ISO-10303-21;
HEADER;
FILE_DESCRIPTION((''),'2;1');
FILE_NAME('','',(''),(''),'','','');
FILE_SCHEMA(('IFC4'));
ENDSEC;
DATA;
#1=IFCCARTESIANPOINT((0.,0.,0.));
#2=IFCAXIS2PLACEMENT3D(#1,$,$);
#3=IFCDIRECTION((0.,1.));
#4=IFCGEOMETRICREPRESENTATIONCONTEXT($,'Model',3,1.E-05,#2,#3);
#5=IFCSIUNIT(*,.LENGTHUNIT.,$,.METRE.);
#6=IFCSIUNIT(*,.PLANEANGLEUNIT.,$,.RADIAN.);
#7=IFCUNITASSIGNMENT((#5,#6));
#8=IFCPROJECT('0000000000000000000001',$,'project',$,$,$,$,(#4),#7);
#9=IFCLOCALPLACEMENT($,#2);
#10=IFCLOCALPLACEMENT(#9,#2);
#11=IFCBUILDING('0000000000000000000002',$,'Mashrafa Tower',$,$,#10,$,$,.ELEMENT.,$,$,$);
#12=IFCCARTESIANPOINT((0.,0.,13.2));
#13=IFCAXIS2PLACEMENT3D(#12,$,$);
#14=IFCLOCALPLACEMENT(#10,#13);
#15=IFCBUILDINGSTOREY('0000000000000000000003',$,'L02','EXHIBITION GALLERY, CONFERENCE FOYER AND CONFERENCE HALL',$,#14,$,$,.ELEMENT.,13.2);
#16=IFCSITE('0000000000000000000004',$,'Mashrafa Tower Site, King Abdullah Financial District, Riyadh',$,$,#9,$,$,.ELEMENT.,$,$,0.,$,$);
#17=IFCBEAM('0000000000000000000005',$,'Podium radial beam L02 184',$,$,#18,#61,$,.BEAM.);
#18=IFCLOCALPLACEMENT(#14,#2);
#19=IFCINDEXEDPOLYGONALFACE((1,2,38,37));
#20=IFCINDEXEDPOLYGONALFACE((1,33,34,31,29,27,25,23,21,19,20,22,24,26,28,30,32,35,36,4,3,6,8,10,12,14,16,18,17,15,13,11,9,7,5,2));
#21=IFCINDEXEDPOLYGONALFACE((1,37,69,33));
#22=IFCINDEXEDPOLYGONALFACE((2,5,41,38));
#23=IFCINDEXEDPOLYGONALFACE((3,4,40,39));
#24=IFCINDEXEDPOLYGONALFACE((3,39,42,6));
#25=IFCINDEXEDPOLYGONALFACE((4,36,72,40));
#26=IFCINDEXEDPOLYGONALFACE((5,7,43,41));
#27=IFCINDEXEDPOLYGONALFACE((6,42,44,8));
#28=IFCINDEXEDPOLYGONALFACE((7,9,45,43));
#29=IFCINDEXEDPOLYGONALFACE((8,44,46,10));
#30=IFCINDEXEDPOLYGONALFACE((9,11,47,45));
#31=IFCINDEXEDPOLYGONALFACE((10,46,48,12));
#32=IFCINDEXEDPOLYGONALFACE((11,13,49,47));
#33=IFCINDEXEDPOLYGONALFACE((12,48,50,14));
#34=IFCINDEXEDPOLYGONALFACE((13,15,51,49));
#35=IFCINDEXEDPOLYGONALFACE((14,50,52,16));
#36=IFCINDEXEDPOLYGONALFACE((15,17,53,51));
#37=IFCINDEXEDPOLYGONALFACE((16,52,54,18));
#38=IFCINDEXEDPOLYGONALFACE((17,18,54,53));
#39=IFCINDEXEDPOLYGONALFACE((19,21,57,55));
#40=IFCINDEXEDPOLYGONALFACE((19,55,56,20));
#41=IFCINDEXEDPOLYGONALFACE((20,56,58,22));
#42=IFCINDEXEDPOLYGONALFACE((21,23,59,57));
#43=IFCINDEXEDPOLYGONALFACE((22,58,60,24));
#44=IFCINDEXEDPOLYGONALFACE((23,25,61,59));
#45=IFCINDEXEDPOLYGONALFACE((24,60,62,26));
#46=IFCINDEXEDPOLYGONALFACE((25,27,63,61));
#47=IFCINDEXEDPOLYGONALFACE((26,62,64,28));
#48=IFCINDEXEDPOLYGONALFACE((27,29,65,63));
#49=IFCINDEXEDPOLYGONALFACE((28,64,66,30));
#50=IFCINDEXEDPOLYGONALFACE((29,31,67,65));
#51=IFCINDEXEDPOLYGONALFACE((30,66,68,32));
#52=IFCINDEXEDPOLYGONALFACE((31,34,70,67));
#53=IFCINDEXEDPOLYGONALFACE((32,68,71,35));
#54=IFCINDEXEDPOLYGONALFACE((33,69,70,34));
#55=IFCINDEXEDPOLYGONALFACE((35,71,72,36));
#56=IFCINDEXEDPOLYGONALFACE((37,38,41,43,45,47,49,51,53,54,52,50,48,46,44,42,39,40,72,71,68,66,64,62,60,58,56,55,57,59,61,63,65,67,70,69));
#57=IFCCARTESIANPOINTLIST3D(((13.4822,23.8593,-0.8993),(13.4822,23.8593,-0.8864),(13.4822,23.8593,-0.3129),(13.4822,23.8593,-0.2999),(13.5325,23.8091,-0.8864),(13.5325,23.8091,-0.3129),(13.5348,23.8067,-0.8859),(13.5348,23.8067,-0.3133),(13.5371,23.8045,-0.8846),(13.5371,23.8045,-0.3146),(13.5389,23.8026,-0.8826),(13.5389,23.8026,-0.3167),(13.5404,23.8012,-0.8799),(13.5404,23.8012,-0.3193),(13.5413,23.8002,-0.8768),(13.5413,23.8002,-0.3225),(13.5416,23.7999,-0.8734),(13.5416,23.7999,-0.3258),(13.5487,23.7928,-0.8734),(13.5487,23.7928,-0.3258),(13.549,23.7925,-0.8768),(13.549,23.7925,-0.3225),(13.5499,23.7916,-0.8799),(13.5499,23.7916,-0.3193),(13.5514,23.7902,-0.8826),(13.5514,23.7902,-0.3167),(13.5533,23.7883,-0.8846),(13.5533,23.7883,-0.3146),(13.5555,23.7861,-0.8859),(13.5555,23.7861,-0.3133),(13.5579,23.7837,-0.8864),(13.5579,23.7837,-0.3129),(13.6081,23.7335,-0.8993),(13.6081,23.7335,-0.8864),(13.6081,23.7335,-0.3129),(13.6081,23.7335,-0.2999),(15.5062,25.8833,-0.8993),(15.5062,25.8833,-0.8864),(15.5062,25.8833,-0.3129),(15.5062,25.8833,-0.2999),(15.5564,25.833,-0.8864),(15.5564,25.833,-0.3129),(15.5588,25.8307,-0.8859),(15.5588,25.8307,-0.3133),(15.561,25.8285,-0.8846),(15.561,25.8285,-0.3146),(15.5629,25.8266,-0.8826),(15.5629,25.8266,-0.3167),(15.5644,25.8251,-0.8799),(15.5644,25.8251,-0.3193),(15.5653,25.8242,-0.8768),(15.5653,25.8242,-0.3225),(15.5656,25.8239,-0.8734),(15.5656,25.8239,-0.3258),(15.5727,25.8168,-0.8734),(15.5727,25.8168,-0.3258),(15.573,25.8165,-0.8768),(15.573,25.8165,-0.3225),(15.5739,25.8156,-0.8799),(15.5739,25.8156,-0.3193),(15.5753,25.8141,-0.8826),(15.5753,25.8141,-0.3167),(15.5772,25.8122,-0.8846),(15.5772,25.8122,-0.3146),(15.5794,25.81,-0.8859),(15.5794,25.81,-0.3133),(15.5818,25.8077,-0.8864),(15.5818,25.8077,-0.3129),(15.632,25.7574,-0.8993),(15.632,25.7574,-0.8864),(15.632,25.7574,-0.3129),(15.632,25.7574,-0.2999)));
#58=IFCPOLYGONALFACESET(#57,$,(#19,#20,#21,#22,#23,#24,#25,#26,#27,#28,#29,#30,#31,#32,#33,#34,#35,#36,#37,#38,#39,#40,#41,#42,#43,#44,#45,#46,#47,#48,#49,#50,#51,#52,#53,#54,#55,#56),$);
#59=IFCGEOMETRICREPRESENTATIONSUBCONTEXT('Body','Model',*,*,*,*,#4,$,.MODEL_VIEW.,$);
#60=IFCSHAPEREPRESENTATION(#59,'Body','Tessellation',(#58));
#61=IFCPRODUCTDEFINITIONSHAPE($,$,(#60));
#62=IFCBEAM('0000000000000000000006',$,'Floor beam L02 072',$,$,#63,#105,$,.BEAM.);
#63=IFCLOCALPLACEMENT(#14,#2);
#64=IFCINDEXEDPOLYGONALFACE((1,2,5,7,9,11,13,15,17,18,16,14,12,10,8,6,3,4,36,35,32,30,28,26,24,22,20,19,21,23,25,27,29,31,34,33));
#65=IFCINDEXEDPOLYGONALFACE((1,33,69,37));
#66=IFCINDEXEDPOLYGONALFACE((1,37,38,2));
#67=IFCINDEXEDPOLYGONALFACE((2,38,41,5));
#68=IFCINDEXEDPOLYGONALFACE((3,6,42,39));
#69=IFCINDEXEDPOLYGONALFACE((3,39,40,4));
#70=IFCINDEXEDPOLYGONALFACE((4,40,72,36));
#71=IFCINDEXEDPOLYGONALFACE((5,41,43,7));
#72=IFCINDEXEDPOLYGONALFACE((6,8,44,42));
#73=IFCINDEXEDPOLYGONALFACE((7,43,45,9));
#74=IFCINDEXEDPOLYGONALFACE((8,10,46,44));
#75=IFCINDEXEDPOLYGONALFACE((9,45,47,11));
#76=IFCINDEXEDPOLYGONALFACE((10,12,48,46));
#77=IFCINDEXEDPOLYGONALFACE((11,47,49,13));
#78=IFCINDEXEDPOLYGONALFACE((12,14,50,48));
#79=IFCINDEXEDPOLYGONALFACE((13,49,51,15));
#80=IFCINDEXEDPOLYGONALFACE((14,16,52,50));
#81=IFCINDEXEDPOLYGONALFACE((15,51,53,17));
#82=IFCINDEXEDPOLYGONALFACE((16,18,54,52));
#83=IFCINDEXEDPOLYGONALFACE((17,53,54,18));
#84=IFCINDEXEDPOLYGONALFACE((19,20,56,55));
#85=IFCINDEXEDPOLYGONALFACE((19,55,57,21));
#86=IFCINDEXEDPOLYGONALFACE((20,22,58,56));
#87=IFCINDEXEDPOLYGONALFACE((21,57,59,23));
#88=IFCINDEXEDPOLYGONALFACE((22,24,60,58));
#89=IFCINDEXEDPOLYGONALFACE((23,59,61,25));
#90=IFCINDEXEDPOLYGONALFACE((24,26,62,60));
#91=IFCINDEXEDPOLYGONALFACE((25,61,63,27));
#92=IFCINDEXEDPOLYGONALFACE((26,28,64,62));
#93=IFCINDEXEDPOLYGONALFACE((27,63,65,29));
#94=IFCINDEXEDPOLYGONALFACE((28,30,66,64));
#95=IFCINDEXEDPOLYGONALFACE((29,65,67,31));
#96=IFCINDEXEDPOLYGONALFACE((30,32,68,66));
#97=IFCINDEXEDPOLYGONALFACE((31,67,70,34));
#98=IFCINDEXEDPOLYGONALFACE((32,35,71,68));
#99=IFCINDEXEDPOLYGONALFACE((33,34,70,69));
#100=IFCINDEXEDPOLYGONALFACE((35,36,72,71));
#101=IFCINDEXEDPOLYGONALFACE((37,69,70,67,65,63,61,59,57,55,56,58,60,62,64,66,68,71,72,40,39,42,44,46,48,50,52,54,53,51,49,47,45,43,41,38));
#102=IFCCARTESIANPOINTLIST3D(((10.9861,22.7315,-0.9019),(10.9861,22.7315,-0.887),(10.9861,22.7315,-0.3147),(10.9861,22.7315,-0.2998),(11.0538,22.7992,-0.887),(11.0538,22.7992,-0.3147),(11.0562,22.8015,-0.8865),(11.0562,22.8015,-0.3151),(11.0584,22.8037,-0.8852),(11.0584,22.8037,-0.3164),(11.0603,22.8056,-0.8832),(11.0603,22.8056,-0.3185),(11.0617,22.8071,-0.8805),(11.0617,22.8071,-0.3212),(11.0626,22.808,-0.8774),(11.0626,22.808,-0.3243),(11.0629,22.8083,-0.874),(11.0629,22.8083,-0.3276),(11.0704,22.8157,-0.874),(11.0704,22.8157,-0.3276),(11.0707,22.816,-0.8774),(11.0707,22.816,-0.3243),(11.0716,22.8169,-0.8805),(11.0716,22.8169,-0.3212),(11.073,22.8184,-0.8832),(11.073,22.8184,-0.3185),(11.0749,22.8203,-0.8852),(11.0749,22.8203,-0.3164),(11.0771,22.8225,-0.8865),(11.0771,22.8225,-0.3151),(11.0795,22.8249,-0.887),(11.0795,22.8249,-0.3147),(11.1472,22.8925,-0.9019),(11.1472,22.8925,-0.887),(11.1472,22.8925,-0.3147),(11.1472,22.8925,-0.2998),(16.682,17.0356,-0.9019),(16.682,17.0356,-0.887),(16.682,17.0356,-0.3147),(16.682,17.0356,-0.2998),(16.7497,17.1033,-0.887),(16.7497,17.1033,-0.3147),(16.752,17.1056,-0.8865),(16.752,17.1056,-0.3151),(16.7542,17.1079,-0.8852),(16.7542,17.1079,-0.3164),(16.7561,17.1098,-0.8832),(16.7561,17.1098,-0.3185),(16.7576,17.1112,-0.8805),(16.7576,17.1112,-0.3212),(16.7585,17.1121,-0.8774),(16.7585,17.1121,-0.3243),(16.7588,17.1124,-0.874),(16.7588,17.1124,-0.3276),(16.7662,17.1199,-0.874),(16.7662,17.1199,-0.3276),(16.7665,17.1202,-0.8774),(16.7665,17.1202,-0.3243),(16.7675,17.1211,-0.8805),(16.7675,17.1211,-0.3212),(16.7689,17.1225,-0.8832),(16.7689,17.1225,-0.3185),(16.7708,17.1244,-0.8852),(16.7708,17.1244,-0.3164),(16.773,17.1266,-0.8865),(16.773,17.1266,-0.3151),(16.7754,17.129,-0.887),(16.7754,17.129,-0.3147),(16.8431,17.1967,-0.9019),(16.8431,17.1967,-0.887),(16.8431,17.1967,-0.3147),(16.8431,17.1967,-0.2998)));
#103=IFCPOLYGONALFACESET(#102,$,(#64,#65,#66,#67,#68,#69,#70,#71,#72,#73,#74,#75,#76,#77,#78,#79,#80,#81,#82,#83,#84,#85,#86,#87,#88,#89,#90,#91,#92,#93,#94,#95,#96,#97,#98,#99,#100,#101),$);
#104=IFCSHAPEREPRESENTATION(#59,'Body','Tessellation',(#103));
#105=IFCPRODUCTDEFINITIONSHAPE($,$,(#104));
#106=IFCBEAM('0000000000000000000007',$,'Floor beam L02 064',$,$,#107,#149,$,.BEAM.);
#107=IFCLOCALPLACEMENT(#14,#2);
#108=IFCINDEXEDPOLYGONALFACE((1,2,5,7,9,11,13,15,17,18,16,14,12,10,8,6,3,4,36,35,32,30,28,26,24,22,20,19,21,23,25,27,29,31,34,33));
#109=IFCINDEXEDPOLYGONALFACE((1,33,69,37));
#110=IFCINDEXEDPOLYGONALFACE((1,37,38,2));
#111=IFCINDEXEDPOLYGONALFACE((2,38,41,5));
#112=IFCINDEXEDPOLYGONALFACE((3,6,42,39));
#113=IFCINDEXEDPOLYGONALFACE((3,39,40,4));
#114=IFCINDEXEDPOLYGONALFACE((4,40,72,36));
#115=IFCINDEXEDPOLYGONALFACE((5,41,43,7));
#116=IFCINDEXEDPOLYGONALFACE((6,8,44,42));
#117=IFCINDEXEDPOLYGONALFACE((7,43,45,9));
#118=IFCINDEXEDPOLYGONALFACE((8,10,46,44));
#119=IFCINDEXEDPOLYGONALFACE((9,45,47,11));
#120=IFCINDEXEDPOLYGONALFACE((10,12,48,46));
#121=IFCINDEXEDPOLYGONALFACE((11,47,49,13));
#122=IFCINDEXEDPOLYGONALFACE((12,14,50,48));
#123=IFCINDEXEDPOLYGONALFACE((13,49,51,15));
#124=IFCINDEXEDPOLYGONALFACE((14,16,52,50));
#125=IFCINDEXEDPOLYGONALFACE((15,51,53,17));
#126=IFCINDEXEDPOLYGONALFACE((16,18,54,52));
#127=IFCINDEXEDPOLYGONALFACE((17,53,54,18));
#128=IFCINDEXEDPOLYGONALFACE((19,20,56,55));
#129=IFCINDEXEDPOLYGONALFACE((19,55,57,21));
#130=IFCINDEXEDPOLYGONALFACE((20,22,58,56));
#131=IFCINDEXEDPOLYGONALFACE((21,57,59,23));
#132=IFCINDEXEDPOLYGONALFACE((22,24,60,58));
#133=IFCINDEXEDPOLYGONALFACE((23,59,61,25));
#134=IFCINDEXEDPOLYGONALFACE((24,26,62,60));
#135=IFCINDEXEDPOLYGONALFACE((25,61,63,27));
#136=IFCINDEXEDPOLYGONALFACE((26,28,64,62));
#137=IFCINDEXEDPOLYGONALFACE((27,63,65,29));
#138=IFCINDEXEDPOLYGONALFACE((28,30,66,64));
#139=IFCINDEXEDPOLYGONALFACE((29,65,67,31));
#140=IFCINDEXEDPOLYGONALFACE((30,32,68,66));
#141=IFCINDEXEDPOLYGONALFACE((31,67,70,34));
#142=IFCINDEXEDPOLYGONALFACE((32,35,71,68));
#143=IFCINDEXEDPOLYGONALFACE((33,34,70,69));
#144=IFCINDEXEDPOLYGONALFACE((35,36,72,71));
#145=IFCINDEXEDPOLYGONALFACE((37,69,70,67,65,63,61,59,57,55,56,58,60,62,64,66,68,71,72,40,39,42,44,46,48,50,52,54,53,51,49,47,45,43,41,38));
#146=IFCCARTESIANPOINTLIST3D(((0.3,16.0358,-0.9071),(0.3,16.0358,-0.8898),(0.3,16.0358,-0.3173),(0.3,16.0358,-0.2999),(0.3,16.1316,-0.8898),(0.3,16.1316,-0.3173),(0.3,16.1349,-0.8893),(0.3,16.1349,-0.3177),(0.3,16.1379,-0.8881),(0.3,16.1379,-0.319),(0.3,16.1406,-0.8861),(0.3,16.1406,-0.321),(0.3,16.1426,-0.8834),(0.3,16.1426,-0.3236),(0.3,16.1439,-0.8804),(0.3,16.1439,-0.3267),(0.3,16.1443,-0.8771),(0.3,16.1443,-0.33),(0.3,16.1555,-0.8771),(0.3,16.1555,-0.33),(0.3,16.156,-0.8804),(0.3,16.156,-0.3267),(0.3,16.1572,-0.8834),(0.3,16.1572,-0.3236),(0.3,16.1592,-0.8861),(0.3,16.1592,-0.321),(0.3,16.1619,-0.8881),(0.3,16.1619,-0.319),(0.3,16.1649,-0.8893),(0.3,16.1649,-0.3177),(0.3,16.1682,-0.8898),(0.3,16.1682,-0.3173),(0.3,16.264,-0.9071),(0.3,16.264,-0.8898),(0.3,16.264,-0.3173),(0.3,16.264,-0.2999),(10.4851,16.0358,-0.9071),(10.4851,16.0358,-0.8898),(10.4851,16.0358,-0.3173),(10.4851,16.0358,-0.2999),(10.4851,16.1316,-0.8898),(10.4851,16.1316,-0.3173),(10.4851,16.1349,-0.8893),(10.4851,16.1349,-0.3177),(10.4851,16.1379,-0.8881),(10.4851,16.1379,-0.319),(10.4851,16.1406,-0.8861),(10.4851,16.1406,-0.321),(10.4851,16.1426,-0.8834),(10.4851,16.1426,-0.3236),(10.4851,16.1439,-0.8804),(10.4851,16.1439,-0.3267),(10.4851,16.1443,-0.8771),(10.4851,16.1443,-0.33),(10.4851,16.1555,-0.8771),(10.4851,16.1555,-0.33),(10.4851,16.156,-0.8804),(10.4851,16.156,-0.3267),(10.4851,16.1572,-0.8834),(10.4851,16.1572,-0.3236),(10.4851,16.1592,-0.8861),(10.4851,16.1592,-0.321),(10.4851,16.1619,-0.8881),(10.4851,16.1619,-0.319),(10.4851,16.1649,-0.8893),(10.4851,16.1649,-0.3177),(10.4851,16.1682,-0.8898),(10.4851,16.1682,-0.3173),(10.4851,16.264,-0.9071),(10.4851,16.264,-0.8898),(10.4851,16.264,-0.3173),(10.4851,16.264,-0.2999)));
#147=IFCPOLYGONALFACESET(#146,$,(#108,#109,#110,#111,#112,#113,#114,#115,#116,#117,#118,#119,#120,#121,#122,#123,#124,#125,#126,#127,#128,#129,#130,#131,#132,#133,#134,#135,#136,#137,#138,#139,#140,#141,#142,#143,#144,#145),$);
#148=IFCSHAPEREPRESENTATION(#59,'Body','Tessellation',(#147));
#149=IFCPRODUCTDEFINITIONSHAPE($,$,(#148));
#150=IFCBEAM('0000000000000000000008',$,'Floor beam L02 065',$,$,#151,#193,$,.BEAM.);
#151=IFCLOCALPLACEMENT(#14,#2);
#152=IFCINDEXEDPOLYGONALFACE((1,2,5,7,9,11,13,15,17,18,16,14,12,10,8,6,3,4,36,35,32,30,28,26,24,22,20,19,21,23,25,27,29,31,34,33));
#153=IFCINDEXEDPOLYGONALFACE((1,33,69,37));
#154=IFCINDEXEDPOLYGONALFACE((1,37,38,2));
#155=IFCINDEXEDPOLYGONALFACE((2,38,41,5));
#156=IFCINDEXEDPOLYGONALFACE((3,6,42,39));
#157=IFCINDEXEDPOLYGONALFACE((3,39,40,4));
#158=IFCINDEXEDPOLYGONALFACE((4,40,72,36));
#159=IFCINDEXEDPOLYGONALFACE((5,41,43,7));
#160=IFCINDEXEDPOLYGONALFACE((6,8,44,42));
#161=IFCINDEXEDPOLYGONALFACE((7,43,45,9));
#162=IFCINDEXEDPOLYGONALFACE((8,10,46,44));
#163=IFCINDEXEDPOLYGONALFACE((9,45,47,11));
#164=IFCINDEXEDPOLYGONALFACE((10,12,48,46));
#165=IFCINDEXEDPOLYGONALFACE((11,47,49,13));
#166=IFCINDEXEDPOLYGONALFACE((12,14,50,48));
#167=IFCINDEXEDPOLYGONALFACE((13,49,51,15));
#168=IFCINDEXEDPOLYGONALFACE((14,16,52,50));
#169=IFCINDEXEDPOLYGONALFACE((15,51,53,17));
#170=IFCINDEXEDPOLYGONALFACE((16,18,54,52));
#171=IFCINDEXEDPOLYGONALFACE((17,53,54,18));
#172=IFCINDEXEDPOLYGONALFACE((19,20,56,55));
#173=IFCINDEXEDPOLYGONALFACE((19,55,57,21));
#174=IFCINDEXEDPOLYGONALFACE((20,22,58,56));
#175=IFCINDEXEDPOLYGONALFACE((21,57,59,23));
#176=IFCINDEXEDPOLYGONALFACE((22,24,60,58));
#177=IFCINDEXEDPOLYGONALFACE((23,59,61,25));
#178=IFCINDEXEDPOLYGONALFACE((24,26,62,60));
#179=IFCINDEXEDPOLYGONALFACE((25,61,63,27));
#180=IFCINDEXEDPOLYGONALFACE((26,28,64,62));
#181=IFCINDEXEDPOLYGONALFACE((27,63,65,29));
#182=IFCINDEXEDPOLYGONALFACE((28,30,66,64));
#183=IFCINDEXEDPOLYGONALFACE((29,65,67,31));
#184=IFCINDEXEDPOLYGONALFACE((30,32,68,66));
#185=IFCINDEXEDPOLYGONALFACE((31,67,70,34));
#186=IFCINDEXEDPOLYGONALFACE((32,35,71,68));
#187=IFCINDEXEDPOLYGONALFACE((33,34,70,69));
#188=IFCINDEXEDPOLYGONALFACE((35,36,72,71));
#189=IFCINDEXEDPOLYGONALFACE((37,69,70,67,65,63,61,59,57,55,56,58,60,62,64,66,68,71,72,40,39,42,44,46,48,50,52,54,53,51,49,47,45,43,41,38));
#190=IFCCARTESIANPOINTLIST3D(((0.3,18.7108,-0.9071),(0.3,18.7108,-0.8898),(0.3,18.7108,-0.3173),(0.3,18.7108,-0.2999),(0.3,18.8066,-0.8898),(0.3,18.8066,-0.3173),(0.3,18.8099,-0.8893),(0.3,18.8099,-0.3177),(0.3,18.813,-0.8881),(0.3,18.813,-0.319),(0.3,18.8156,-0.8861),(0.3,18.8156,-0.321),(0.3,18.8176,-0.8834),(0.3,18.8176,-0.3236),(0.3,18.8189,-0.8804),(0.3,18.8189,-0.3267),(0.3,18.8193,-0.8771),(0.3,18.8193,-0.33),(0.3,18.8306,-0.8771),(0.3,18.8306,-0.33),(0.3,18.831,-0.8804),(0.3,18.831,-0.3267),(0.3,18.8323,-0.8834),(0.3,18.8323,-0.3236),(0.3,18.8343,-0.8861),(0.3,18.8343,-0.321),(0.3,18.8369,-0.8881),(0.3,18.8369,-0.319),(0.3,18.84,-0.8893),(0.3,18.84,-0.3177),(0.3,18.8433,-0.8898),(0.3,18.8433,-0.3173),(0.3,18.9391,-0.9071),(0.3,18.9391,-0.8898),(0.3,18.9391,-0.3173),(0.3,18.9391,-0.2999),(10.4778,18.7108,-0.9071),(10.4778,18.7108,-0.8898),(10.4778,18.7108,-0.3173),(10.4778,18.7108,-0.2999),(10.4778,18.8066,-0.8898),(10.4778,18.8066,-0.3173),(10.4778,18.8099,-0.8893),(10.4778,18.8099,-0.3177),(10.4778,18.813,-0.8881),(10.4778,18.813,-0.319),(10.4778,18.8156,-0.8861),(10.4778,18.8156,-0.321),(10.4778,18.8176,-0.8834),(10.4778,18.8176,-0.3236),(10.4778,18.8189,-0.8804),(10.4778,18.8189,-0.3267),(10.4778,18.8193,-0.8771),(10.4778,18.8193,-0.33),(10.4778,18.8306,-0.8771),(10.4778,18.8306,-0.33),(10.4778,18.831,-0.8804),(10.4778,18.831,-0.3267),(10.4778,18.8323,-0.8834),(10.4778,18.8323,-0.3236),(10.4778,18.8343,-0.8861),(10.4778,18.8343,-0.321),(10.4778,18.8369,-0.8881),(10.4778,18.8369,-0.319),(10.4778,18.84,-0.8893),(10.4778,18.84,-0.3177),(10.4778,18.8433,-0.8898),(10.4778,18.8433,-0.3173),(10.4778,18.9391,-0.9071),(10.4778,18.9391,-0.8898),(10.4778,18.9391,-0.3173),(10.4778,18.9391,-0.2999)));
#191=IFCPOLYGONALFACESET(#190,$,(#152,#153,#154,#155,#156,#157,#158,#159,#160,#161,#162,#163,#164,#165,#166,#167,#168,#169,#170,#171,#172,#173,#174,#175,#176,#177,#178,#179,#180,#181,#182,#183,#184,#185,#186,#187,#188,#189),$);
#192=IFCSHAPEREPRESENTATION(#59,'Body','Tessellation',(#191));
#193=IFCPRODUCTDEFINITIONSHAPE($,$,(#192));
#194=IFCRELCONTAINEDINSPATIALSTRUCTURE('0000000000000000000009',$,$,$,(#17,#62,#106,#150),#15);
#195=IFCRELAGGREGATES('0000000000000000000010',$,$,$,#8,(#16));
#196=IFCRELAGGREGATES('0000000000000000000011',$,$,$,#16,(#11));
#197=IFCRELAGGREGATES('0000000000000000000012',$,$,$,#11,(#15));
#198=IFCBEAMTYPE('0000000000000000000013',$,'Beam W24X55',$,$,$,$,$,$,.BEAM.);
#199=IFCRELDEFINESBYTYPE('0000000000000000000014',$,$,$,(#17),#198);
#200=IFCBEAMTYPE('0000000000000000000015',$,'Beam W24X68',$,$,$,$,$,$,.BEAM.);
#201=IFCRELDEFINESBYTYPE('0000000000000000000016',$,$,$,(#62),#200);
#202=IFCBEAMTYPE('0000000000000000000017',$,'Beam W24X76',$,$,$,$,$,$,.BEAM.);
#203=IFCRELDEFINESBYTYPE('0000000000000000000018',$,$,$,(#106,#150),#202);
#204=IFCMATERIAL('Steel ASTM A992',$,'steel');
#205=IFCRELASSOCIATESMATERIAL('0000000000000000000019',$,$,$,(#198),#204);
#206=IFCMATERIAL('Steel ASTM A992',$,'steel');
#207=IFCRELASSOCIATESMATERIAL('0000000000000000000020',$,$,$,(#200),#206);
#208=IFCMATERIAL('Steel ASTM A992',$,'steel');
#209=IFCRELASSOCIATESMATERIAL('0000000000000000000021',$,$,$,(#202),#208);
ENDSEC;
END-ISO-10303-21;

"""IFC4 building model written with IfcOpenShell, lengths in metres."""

from ifc_helpers import new_model, si_unit, direction, frame, origin, origin_2d, place, context, subcontext, project, spatial, i_section, extrude, material, material_profile, profile_set, type_object, element, save


model = new_model("IFC4")

# Units and contexts
model_context = context("Model", 3, precision=1e-05, world=origin(), true_north=direction((0.0, 1.0)))
body_context = subcontext(model_context, "Body", "Model", "MODEL_VIEW")
ifc_project = project(units=[si_unit("LENGTHUNIT", "METRE"), si_unit("PLANEANGLEUNIT", "RADIAN")], contexts=[model_context])

# Site, building, storey
site_placement = place(None, origin())
site = spatial("IfcSite", under=ifc_project, at=site_placement, Name="Mashrafa Tower Site, King Abdullah Financial District, Riyadh", CompositionType="ELEMENT", RefElevation=0.0)
building_placement = place(site_placement, origin())
building = spatial("IfcBuilding", under=site, at=building_placement, Name="Mashrafa Tower", CompositionType="ELEMENT")
storey_placement = place(building_placement, frame((0.0, 0.0, 13.2)))
storey = spatial("IfcBuildingStorey", under=building, at=storey_placement, Name="L02", Description="EXHIBITION GALLERY, CONFERENCE FOYER AND CONFERENCE HALL", CompositionType="ELEMENT", Elevation=13.2)

# Beams
ifc_material_1 = material(Name="Steel ASTM A992", Category="steel")
ifc_material_profile_1 = material_profile(ifc_material_1, i_section(OverallWidth=0.178, OverallDepth=0.5994, WebThickness=0.01, FlangeThickness=0.0129, FilletRadius=0.0129, at=origin_2d()), Name="W24X55")
ifc_profile_set_1 = profile_set([ifc_material_profile_1], Name="Steel ASTM A992")
beam_type_1 = type_object("IfcBeamType", Name="Beam W24X55", PredefinedType="BEAM", material=ifc_profile_set_1)
beam_1_placement = place(storey_placement, frame((13.5452, 23.7964, -0.5996), z_axis=(0.707107, 0.707107, 0.0), x_axis=(-0.707107, 0.707107, 0.0)))
element("IfcBeam", 1, at=beam_1_placement, inside=storey, type_object=beam_type_1, Name="Podium radial beam L02 184", PredefinedType="BEAM", context=body_context, shape_type="SweptSolid", body=[
    extrude(i_section(OverallWidth=0.178, OverallDepth=0.5994, WebThickness=0.01, FlangeThickness=0.0129, FilletRadius=0.0129, at=origin_2d()), origin(), (0.0, 0.0, 1.0), 2.8623),
])
ifc_material_2 = material(Name="Steel ASTM A992", Category="steel")
ifc_material_profile_2 = material_profile(ifc_material_2, i_section(OverallWidth=0.2278, OverallDepth=0.6021, WebThickness=0.0105, FlangeThickness=0.0149, FilletRadius=0.0129, at=origin_2d()), Name="W24X68")
ifc_profile_set_2 = profile_set([ifc_material_profile_2], Name="Steel ASTM A992")
beam_type_2 = type_object("IfcBeamType", Name="Beam W24X68", PredefinedType="BEAM", material=ifc_profile_set_2)
beam_2_placement = place(storey_placement, frame((11.0667, 22.812, -0.6008), z_axis=(0.707107, -0.707107, 0.0), x_axis=(0.707107, 0.707107, 0.0)))
element("IfcBeam", 2, at=beam_2_placement, inside=storey, type_object=beam_type_2, Name="Floor beam L02 072", PredefinedType="BEAM", context=body_context, shape_type="SweptSolid", body=[
    extrude(i_section(OverallWidth=0.2278, OverallDepth=0.6021, WebThickness=0.0105, FlangeThickness=0.0149, FilletRadius=0.0129, at=origin_2d()), origin(), (0.0, 0.0, 1.0), 8.0552),
])
ifc_material_3 = material(Name="Steel ASTM A992", Category="steel")
ifc_material_profile_3 = material_profile(ifc_material_3, i_section(OverallWidth=0.2283, OverallDepth=0.6072, WebThickness=0.0112, FlangeThickness=0.0173, FilletRadius=0.0127, at=origin_2d()), Name="W24X76")
ifc_profile_set_3 = profile_set([ifc_material_profile_3], Name="Steel ASTM A992")
beam_type_3 = type_object("IfcBeamType", Name="Beam W24X76", PredefinedType="BEAM", material=ifc_profile_set_3)
beam_3_placement = place(storey_placement, frame((0.3, 16.1499, -0.6035), z_axis=(1.0, 0.0, 0.0), x_axis=(0.0, 1.0, 0.0)))
element("IfcBeam", 3, at=beam_3_placement, inside=storey, type_object=beam_type_3, Name="Floor beam L02 064", PredefinedType="BEAM", context=body_context, shape_type="SweptSolid", body=[
    extrude(i_section(OverallWidth=0.2283, OverallDepth=0.6072, WebThickness=0.0112, FlangeThickness=0.0173, FilletRadius=0.0127, at=origin_2d()), origin(), (0.0, 0.0, 1.0), 10.1851),
])
beam_4_placement = place(storey_placement, frame((0.3, 18.825, -0.6035), z_axis=(1.0, 0.0, 0.0), x_axis=(0.0, 1.0, 0.0)))
element("IfcBeam", 4, at=beam_4_placement, inside=storey, type_object=beam_type_3, Name="Floor beam L02 065", PredefinedType="BEAM", context=body_context, shape_type="SweptSolid", body=[
    extrude(i_section(OverallWidth=0.2283, OverallDepth=0.6072, WebThickness=0.0112, FlangeThickness=0.0173, FilletRadius=0.0127, at=origin_2d()), origin(), (0.0, 0.0, 1.0), 10.1777),
])

save(model, "model.ifc")
